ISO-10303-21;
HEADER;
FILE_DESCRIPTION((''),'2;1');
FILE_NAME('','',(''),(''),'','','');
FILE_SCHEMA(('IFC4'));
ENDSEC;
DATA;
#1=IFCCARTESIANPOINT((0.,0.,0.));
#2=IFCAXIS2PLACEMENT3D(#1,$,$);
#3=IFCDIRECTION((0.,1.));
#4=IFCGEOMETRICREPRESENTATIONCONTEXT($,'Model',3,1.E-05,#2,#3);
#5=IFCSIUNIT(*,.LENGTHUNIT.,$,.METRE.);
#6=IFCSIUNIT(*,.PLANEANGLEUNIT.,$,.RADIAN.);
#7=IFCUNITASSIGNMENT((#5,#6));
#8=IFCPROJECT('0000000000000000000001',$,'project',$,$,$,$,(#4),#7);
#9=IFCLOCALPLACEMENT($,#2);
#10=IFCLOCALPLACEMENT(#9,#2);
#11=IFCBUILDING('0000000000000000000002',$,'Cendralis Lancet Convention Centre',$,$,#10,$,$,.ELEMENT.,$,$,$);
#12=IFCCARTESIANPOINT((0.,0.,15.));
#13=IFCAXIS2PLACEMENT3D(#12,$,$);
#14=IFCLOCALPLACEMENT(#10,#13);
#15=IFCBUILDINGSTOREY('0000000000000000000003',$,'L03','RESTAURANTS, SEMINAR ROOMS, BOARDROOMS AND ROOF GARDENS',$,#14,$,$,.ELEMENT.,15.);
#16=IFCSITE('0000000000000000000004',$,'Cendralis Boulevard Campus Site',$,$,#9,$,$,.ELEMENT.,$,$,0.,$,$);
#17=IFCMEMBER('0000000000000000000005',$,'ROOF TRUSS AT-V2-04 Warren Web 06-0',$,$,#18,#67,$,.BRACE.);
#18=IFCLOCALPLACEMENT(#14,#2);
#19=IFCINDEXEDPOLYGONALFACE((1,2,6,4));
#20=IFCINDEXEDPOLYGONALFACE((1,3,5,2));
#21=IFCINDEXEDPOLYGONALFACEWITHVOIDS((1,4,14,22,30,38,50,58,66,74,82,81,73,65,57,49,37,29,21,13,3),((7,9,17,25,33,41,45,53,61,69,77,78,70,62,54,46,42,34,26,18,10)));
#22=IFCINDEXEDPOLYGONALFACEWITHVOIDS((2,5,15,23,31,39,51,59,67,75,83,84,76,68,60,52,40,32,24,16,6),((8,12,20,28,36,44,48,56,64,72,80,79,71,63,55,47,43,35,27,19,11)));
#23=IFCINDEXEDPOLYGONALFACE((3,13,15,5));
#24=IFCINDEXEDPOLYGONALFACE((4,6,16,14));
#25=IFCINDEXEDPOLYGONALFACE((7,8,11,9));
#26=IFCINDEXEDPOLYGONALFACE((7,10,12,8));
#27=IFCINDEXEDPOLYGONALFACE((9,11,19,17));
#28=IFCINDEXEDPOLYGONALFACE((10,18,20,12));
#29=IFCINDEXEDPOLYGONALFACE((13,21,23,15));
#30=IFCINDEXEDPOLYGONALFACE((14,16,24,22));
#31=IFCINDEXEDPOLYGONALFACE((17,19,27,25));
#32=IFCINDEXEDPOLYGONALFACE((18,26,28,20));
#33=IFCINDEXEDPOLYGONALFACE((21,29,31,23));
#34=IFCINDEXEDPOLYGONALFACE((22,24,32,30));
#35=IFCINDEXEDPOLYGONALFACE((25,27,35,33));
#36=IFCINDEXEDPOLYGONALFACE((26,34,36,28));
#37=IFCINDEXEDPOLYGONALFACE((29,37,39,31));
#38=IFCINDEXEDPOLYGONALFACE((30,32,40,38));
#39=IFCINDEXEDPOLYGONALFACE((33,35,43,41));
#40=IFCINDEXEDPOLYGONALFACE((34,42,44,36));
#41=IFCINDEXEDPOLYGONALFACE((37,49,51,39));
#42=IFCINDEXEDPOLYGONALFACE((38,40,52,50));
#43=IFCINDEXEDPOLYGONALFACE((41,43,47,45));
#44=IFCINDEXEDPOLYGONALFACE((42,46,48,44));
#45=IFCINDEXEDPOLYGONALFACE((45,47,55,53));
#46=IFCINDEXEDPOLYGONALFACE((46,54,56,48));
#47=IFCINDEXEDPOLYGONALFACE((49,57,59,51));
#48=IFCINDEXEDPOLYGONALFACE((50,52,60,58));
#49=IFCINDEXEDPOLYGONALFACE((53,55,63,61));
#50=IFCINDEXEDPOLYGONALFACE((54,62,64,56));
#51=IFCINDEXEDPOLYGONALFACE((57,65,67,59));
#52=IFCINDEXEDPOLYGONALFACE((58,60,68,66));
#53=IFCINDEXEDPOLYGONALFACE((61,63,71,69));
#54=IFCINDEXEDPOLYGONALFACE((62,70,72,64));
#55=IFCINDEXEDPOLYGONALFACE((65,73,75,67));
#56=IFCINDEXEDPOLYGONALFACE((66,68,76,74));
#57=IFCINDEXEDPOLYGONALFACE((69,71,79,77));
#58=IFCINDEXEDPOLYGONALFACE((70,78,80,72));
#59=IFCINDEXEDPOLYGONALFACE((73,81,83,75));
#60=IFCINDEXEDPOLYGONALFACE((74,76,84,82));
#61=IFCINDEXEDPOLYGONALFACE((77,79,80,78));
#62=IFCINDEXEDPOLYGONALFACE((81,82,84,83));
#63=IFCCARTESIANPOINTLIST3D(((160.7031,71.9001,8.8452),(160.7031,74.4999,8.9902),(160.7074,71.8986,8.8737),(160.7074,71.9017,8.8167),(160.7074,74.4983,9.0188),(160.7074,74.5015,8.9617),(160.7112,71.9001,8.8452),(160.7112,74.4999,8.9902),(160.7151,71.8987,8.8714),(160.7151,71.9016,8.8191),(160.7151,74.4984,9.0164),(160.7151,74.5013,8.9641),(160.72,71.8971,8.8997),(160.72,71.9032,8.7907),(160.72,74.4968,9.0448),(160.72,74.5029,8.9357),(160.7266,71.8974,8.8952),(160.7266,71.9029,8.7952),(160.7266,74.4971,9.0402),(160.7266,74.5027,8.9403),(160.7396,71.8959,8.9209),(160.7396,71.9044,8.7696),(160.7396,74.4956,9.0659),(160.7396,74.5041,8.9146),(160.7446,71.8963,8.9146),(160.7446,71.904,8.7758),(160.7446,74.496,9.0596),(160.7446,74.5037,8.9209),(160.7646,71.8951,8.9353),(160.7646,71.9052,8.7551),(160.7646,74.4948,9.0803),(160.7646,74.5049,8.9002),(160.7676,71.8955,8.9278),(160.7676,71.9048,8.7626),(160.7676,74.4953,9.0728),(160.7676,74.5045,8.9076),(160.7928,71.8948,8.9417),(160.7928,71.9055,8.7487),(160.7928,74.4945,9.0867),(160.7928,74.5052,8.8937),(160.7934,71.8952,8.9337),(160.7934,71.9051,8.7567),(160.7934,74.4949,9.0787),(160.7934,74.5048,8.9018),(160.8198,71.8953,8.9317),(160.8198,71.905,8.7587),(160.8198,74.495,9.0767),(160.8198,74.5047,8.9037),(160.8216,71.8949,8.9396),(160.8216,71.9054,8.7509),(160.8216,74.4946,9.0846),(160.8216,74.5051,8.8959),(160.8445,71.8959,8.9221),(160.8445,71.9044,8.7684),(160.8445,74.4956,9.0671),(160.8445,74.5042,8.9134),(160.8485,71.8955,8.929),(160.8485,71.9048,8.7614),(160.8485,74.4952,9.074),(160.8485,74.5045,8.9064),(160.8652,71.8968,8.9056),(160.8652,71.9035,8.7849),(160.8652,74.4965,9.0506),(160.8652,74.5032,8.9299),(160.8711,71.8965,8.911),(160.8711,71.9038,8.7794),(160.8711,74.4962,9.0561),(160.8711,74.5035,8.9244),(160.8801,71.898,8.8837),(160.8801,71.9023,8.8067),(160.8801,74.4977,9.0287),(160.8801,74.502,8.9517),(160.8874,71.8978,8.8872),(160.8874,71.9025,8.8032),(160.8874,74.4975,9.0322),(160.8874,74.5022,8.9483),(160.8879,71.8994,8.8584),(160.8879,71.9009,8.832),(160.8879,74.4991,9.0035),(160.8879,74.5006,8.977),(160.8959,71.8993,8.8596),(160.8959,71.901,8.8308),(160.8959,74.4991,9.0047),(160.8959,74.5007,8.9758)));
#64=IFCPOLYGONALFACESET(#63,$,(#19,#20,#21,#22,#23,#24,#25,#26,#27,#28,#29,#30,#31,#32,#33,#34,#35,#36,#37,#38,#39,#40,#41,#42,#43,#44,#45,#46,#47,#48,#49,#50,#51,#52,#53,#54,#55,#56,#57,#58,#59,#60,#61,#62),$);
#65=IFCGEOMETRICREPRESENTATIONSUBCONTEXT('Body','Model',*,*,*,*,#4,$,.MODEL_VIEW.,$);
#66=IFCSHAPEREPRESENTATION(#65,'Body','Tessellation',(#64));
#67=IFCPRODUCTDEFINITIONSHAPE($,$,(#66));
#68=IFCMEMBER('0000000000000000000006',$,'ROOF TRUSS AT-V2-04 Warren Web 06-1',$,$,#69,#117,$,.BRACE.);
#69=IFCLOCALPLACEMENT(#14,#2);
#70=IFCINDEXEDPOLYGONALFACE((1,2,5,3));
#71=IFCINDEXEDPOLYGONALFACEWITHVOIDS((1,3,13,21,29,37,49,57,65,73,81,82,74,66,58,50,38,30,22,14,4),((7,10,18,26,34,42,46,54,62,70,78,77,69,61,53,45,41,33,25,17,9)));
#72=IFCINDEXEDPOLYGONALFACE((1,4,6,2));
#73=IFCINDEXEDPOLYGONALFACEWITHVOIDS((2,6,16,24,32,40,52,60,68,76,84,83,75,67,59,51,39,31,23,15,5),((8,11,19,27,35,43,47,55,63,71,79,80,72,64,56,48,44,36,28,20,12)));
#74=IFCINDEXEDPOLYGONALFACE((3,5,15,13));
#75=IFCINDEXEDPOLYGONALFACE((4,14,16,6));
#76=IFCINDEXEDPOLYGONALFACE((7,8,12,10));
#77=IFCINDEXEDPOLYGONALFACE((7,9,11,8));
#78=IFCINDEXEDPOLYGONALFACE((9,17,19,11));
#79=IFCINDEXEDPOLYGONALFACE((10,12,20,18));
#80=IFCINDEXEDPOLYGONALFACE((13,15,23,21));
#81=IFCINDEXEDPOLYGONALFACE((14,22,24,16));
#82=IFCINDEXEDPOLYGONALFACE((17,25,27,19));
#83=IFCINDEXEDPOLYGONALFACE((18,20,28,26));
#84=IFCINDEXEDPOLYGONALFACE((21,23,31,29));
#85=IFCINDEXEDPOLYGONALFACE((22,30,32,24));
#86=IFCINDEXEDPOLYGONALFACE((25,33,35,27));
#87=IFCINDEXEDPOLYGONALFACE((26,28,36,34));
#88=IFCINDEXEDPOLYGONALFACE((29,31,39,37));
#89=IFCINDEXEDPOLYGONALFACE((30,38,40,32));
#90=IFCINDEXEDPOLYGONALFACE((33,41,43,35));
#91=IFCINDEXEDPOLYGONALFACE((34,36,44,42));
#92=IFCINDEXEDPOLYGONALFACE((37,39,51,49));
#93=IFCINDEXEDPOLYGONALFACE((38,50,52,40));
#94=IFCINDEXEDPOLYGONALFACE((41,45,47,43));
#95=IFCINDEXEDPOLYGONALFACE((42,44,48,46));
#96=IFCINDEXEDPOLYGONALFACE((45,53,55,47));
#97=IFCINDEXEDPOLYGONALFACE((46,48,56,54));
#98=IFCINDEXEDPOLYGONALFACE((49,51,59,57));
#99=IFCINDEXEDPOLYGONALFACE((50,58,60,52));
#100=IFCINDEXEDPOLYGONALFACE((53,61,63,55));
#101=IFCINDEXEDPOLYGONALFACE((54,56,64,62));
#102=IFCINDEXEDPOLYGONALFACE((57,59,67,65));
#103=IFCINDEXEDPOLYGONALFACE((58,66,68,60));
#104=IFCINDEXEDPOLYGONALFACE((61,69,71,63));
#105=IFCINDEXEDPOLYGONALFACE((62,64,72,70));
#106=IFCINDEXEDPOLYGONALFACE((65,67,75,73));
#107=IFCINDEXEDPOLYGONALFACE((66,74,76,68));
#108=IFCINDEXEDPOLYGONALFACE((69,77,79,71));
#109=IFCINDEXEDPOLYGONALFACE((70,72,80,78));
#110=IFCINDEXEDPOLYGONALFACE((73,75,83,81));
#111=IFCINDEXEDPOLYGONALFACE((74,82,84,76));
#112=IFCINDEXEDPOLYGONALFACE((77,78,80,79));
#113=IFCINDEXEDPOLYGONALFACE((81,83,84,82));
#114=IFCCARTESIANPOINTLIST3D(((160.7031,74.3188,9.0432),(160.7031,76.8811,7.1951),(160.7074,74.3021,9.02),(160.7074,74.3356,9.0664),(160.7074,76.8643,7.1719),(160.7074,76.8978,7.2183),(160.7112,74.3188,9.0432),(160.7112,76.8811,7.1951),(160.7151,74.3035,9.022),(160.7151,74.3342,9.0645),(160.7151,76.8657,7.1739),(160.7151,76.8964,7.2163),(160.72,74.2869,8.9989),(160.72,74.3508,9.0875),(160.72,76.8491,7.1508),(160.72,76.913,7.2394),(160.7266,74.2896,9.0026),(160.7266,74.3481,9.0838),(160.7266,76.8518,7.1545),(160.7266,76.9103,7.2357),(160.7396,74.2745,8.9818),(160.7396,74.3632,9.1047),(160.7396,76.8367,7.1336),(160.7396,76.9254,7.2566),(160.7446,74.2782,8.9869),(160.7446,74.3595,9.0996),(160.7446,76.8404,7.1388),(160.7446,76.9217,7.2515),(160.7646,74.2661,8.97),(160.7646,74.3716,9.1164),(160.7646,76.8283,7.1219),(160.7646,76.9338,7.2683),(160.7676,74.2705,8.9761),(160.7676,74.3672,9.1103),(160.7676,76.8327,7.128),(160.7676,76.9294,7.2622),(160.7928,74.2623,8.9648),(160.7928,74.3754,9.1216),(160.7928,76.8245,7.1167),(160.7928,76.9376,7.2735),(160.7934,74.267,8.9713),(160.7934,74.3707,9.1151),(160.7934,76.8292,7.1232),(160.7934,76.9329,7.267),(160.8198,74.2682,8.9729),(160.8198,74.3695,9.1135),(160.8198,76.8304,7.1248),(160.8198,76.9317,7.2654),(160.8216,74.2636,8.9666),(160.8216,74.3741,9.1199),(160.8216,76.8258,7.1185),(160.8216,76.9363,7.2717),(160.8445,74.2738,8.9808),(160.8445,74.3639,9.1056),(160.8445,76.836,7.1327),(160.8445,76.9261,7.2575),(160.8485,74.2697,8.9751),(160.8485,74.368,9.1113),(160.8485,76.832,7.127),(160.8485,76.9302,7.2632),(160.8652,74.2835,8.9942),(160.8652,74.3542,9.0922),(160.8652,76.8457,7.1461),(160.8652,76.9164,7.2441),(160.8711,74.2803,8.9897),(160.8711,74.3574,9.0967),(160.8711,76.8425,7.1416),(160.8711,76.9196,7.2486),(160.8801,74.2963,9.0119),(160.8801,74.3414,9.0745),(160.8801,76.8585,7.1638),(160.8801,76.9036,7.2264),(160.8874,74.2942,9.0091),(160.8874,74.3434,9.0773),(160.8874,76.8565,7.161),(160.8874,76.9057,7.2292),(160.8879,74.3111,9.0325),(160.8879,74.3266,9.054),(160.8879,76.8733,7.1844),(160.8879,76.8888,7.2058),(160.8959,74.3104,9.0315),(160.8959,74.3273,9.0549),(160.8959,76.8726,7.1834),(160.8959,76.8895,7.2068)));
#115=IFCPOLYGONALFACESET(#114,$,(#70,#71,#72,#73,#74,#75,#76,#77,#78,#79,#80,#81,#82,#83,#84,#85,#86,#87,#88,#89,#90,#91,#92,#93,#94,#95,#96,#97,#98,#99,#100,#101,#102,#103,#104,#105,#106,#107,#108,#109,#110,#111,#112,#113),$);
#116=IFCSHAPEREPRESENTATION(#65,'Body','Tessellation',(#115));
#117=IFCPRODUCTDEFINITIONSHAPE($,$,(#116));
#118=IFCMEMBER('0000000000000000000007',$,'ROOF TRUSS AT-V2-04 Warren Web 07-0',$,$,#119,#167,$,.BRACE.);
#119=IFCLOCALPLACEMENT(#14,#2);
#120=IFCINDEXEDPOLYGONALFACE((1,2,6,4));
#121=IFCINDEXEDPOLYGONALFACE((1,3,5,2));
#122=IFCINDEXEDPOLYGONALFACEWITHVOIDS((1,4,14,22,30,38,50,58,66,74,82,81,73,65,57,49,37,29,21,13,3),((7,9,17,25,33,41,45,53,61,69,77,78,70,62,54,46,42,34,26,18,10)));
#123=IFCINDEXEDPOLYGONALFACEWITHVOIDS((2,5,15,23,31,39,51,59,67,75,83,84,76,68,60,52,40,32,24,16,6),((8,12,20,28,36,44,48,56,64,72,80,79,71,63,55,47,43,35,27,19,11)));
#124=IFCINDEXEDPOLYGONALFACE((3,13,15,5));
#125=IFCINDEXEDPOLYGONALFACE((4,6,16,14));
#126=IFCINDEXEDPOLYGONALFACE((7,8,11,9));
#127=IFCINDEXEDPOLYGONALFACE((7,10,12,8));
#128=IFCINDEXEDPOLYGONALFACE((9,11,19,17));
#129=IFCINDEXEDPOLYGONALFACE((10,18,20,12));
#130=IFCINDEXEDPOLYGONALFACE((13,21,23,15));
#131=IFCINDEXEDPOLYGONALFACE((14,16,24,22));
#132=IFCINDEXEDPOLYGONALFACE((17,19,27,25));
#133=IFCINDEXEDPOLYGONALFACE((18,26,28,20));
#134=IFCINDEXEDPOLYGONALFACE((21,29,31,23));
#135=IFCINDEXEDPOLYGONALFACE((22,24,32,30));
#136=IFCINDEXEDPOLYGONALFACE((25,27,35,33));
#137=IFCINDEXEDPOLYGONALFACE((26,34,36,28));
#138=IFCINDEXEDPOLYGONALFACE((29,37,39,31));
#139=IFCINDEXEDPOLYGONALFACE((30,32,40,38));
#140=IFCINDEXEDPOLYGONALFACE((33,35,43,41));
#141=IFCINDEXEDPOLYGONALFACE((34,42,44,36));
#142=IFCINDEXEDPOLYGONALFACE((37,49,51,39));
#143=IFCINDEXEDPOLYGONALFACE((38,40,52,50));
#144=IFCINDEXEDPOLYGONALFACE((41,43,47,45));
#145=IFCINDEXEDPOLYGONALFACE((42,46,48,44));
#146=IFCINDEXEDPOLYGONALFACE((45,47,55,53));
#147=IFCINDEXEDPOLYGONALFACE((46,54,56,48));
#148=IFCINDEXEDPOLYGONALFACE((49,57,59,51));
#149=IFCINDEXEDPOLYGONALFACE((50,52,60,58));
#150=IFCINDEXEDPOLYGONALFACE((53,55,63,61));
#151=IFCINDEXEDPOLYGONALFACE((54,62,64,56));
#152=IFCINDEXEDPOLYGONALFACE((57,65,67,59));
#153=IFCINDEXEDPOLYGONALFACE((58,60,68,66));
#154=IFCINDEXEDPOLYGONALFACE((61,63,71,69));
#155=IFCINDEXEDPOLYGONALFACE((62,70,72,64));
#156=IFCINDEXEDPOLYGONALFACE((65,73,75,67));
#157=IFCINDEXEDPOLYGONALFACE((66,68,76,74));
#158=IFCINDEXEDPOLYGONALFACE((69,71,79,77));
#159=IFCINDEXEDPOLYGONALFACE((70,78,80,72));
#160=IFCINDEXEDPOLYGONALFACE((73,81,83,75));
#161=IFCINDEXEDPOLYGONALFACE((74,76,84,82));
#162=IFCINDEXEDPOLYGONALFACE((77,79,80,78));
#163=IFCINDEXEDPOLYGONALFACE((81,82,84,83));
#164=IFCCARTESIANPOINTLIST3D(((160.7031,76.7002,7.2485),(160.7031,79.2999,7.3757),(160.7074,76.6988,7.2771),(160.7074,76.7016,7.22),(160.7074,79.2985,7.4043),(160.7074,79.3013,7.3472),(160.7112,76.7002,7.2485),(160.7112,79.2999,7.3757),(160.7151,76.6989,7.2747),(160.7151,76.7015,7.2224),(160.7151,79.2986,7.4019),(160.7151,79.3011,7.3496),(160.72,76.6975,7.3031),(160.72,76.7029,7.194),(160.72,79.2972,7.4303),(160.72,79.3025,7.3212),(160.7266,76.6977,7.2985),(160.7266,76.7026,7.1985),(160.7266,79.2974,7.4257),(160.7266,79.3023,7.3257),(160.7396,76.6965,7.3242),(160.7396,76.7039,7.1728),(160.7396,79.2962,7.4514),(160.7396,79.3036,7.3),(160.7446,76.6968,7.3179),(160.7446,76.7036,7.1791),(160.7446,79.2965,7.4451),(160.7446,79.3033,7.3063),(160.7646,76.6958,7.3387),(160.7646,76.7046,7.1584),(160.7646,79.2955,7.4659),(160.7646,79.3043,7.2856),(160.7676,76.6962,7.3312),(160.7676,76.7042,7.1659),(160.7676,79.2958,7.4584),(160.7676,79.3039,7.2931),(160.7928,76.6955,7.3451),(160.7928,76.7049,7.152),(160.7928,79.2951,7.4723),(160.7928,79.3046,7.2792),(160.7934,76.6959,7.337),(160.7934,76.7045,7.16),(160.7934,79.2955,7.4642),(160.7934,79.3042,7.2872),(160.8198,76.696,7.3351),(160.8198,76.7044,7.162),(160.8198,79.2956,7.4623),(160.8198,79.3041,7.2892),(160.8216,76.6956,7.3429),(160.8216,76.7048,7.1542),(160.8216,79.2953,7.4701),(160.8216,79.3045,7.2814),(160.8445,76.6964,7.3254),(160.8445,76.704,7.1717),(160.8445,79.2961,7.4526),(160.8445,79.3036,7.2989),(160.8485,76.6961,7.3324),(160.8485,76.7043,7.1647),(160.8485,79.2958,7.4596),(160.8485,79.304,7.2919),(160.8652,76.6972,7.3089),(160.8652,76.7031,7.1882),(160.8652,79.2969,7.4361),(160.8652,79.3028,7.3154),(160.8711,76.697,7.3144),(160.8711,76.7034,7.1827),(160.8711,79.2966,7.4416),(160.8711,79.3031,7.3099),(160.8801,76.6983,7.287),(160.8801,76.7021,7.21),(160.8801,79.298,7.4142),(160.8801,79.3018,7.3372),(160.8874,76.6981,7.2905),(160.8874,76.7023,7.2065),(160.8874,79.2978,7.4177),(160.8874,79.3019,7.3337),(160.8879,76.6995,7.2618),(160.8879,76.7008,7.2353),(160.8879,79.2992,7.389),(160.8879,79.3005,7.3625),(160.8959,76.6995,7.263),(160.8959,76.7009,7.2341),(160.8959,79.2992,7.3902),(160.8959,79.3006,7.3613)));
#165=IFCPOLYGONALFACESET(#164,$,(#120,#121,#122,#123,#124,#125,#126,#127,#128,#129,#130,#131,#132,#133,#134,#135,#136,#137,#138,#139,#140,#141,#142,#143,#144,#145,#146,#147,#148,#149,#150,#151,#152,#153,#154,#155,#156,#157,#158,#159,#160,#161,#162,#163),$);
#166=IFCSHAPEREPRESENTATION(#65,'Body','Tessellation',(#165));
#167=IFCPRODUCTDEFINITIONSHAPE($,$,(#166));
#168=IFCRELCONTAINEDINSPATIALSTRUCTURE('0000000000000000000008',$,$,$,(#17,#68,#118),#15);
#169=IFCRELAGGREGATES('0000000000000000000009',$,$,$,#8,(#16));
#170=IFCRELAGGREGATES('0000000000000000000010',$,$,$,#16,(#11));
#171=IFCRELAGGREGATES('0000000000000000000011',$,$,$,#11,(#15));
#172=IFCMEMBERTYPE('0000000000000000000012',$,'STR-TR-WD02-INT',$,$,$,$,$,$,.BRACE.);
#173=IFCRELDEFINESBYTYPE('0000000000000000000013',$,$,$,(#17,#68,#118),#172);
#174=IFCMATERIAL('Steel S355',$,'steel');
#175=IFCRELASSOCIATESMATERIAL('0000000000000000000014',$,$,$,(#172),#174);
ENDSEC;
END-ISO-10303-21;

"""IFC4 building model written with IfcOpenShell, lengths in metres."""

from ifc_helpers import new_model, si_unit, direction, frame, origin, origin_2d, place, context, subcontext, project, spatial, hollow_circle, extrude, material, material_profile, profile_set, type_object, element, save


model = new_model("IFC4")

# Units and contexts
model_context = context("Model", 3, precision=1e-05, world=origin(), true_north=direction((0.0, 1.0)))
body_context = subcontext(model_context, "Body", "Model", "MODEL_VIEW")
ifc_project = project(units=[si_unit("LENGTHUNIT", "METRE"), si_unit("PLANEANGLEUNIT", "RADIAN")], contexts=[model_context])

# Site, building, storey
site_placement = place(None, origin())
site = spatial("IfcSite", under=ifc_project, at=site_placement, Name="Cendralis Boulevard Campus Site", CompositionType="ELEMENT", RefElevation=0.0)
building_placement = place(site_placement, origin())
building = spatial("IfcBuilding", under=site, at=building_placement, Name="Cendralis Lancet Convention Centre", CompositionType="ELEMENT")
storey_placement = place(building_placement, frame((0.0, 0.0, 15.0)))
storey = spatial("IfcBuildingStorey", under=building, at=storey_placement, Name="L03", Description="RESTAURANTS, SEMINAR ROOMS, BOARDROOMS AND ROOF GARDENS", CompositionType="ELEMENT", Elevation=15.0)

# Shared definitions
ifc_material = material(Name="Steel S355", Category="steel")

# Members
ifc_material_profile_1 = material_profile(ifc_material, hollow_circle(Radius=0.0969, WallThickness=0.0081, at=origin_2d()), Name="CHS 193.7x8.0")
ifc_profile_set_1 = profile_set([ifc_material_profile_1], Name="Steel S355")
member_type_1 = type_object("IfcMemberType", Name="STR-TR-WD02-INT", PredefinedType="BRACE", material=ifc_profile_set_1)
member_1_placement = place(storey_placement, frame((160.8, 71.9001, 8.8452), z_axis=(0.0, 0.998448, 0.055699), x_axis=(-1.0, 0.0, 0.0)))
element("IfcMember", 1, at=member_1_placement, inside=storey, type_object=member_type_1, Name="ROOF TRUSS AT-V2-04 Warren Web 06-0", PredefinedType="BRACE", context=body_context, shape_type="SweptSolid", body=[
    extrude(hollow_circle(Radius=0.0969, WallThickness=0.0081, at=origin_2d()), origin(), (0.0, 0.0, 1.0), 2.6038),
])
member_2_placement = place(storey_placement, frame((160.8, 74.3188, 9.0432), z_axis=(0.0, 0.811036, -0.584997), x_axis=(-1.0, 0.0, 0.0)))
element("IfcMember", 2, at=member_2_placement, inside=storey, type_object=member_type_1, Name="ROOF TRUSS AT-V2-04 Warren Web 06-1", PredefinedType="BRACE", context=body_context, shape_type="SweptSolid", body=[
    extrude(hollow_circle(Radius=0.0969, WallThickness=0.0081, at=origin_2d()), origin(), (0.0, 0.0, 1.0), 3.1592),
])
member_3_placement = place(storey_placement, frame((160.8, 76.7002, 7.2485), z_axis=(0.0, 0.998805, 0.048871), x_axis=(-1.0, 0.0, 0.0)))
element("IfcMember", 3, at=member_3_placement, inside=storey, type_object=member_type_1, Name="ROOF TRUSS AT-V2-04 Warren Web 07-0", PredefinedType="BRACE", context=body_context, shape_type="SweptSolid", body=[
    extrude(hollow_circle(Radius=0.0969, WallThickness=0.0081, at=origin_2d()), origin(), (0.0, 0.0, 1.0), 2.6028),
])

save(model, "model.ifc")
